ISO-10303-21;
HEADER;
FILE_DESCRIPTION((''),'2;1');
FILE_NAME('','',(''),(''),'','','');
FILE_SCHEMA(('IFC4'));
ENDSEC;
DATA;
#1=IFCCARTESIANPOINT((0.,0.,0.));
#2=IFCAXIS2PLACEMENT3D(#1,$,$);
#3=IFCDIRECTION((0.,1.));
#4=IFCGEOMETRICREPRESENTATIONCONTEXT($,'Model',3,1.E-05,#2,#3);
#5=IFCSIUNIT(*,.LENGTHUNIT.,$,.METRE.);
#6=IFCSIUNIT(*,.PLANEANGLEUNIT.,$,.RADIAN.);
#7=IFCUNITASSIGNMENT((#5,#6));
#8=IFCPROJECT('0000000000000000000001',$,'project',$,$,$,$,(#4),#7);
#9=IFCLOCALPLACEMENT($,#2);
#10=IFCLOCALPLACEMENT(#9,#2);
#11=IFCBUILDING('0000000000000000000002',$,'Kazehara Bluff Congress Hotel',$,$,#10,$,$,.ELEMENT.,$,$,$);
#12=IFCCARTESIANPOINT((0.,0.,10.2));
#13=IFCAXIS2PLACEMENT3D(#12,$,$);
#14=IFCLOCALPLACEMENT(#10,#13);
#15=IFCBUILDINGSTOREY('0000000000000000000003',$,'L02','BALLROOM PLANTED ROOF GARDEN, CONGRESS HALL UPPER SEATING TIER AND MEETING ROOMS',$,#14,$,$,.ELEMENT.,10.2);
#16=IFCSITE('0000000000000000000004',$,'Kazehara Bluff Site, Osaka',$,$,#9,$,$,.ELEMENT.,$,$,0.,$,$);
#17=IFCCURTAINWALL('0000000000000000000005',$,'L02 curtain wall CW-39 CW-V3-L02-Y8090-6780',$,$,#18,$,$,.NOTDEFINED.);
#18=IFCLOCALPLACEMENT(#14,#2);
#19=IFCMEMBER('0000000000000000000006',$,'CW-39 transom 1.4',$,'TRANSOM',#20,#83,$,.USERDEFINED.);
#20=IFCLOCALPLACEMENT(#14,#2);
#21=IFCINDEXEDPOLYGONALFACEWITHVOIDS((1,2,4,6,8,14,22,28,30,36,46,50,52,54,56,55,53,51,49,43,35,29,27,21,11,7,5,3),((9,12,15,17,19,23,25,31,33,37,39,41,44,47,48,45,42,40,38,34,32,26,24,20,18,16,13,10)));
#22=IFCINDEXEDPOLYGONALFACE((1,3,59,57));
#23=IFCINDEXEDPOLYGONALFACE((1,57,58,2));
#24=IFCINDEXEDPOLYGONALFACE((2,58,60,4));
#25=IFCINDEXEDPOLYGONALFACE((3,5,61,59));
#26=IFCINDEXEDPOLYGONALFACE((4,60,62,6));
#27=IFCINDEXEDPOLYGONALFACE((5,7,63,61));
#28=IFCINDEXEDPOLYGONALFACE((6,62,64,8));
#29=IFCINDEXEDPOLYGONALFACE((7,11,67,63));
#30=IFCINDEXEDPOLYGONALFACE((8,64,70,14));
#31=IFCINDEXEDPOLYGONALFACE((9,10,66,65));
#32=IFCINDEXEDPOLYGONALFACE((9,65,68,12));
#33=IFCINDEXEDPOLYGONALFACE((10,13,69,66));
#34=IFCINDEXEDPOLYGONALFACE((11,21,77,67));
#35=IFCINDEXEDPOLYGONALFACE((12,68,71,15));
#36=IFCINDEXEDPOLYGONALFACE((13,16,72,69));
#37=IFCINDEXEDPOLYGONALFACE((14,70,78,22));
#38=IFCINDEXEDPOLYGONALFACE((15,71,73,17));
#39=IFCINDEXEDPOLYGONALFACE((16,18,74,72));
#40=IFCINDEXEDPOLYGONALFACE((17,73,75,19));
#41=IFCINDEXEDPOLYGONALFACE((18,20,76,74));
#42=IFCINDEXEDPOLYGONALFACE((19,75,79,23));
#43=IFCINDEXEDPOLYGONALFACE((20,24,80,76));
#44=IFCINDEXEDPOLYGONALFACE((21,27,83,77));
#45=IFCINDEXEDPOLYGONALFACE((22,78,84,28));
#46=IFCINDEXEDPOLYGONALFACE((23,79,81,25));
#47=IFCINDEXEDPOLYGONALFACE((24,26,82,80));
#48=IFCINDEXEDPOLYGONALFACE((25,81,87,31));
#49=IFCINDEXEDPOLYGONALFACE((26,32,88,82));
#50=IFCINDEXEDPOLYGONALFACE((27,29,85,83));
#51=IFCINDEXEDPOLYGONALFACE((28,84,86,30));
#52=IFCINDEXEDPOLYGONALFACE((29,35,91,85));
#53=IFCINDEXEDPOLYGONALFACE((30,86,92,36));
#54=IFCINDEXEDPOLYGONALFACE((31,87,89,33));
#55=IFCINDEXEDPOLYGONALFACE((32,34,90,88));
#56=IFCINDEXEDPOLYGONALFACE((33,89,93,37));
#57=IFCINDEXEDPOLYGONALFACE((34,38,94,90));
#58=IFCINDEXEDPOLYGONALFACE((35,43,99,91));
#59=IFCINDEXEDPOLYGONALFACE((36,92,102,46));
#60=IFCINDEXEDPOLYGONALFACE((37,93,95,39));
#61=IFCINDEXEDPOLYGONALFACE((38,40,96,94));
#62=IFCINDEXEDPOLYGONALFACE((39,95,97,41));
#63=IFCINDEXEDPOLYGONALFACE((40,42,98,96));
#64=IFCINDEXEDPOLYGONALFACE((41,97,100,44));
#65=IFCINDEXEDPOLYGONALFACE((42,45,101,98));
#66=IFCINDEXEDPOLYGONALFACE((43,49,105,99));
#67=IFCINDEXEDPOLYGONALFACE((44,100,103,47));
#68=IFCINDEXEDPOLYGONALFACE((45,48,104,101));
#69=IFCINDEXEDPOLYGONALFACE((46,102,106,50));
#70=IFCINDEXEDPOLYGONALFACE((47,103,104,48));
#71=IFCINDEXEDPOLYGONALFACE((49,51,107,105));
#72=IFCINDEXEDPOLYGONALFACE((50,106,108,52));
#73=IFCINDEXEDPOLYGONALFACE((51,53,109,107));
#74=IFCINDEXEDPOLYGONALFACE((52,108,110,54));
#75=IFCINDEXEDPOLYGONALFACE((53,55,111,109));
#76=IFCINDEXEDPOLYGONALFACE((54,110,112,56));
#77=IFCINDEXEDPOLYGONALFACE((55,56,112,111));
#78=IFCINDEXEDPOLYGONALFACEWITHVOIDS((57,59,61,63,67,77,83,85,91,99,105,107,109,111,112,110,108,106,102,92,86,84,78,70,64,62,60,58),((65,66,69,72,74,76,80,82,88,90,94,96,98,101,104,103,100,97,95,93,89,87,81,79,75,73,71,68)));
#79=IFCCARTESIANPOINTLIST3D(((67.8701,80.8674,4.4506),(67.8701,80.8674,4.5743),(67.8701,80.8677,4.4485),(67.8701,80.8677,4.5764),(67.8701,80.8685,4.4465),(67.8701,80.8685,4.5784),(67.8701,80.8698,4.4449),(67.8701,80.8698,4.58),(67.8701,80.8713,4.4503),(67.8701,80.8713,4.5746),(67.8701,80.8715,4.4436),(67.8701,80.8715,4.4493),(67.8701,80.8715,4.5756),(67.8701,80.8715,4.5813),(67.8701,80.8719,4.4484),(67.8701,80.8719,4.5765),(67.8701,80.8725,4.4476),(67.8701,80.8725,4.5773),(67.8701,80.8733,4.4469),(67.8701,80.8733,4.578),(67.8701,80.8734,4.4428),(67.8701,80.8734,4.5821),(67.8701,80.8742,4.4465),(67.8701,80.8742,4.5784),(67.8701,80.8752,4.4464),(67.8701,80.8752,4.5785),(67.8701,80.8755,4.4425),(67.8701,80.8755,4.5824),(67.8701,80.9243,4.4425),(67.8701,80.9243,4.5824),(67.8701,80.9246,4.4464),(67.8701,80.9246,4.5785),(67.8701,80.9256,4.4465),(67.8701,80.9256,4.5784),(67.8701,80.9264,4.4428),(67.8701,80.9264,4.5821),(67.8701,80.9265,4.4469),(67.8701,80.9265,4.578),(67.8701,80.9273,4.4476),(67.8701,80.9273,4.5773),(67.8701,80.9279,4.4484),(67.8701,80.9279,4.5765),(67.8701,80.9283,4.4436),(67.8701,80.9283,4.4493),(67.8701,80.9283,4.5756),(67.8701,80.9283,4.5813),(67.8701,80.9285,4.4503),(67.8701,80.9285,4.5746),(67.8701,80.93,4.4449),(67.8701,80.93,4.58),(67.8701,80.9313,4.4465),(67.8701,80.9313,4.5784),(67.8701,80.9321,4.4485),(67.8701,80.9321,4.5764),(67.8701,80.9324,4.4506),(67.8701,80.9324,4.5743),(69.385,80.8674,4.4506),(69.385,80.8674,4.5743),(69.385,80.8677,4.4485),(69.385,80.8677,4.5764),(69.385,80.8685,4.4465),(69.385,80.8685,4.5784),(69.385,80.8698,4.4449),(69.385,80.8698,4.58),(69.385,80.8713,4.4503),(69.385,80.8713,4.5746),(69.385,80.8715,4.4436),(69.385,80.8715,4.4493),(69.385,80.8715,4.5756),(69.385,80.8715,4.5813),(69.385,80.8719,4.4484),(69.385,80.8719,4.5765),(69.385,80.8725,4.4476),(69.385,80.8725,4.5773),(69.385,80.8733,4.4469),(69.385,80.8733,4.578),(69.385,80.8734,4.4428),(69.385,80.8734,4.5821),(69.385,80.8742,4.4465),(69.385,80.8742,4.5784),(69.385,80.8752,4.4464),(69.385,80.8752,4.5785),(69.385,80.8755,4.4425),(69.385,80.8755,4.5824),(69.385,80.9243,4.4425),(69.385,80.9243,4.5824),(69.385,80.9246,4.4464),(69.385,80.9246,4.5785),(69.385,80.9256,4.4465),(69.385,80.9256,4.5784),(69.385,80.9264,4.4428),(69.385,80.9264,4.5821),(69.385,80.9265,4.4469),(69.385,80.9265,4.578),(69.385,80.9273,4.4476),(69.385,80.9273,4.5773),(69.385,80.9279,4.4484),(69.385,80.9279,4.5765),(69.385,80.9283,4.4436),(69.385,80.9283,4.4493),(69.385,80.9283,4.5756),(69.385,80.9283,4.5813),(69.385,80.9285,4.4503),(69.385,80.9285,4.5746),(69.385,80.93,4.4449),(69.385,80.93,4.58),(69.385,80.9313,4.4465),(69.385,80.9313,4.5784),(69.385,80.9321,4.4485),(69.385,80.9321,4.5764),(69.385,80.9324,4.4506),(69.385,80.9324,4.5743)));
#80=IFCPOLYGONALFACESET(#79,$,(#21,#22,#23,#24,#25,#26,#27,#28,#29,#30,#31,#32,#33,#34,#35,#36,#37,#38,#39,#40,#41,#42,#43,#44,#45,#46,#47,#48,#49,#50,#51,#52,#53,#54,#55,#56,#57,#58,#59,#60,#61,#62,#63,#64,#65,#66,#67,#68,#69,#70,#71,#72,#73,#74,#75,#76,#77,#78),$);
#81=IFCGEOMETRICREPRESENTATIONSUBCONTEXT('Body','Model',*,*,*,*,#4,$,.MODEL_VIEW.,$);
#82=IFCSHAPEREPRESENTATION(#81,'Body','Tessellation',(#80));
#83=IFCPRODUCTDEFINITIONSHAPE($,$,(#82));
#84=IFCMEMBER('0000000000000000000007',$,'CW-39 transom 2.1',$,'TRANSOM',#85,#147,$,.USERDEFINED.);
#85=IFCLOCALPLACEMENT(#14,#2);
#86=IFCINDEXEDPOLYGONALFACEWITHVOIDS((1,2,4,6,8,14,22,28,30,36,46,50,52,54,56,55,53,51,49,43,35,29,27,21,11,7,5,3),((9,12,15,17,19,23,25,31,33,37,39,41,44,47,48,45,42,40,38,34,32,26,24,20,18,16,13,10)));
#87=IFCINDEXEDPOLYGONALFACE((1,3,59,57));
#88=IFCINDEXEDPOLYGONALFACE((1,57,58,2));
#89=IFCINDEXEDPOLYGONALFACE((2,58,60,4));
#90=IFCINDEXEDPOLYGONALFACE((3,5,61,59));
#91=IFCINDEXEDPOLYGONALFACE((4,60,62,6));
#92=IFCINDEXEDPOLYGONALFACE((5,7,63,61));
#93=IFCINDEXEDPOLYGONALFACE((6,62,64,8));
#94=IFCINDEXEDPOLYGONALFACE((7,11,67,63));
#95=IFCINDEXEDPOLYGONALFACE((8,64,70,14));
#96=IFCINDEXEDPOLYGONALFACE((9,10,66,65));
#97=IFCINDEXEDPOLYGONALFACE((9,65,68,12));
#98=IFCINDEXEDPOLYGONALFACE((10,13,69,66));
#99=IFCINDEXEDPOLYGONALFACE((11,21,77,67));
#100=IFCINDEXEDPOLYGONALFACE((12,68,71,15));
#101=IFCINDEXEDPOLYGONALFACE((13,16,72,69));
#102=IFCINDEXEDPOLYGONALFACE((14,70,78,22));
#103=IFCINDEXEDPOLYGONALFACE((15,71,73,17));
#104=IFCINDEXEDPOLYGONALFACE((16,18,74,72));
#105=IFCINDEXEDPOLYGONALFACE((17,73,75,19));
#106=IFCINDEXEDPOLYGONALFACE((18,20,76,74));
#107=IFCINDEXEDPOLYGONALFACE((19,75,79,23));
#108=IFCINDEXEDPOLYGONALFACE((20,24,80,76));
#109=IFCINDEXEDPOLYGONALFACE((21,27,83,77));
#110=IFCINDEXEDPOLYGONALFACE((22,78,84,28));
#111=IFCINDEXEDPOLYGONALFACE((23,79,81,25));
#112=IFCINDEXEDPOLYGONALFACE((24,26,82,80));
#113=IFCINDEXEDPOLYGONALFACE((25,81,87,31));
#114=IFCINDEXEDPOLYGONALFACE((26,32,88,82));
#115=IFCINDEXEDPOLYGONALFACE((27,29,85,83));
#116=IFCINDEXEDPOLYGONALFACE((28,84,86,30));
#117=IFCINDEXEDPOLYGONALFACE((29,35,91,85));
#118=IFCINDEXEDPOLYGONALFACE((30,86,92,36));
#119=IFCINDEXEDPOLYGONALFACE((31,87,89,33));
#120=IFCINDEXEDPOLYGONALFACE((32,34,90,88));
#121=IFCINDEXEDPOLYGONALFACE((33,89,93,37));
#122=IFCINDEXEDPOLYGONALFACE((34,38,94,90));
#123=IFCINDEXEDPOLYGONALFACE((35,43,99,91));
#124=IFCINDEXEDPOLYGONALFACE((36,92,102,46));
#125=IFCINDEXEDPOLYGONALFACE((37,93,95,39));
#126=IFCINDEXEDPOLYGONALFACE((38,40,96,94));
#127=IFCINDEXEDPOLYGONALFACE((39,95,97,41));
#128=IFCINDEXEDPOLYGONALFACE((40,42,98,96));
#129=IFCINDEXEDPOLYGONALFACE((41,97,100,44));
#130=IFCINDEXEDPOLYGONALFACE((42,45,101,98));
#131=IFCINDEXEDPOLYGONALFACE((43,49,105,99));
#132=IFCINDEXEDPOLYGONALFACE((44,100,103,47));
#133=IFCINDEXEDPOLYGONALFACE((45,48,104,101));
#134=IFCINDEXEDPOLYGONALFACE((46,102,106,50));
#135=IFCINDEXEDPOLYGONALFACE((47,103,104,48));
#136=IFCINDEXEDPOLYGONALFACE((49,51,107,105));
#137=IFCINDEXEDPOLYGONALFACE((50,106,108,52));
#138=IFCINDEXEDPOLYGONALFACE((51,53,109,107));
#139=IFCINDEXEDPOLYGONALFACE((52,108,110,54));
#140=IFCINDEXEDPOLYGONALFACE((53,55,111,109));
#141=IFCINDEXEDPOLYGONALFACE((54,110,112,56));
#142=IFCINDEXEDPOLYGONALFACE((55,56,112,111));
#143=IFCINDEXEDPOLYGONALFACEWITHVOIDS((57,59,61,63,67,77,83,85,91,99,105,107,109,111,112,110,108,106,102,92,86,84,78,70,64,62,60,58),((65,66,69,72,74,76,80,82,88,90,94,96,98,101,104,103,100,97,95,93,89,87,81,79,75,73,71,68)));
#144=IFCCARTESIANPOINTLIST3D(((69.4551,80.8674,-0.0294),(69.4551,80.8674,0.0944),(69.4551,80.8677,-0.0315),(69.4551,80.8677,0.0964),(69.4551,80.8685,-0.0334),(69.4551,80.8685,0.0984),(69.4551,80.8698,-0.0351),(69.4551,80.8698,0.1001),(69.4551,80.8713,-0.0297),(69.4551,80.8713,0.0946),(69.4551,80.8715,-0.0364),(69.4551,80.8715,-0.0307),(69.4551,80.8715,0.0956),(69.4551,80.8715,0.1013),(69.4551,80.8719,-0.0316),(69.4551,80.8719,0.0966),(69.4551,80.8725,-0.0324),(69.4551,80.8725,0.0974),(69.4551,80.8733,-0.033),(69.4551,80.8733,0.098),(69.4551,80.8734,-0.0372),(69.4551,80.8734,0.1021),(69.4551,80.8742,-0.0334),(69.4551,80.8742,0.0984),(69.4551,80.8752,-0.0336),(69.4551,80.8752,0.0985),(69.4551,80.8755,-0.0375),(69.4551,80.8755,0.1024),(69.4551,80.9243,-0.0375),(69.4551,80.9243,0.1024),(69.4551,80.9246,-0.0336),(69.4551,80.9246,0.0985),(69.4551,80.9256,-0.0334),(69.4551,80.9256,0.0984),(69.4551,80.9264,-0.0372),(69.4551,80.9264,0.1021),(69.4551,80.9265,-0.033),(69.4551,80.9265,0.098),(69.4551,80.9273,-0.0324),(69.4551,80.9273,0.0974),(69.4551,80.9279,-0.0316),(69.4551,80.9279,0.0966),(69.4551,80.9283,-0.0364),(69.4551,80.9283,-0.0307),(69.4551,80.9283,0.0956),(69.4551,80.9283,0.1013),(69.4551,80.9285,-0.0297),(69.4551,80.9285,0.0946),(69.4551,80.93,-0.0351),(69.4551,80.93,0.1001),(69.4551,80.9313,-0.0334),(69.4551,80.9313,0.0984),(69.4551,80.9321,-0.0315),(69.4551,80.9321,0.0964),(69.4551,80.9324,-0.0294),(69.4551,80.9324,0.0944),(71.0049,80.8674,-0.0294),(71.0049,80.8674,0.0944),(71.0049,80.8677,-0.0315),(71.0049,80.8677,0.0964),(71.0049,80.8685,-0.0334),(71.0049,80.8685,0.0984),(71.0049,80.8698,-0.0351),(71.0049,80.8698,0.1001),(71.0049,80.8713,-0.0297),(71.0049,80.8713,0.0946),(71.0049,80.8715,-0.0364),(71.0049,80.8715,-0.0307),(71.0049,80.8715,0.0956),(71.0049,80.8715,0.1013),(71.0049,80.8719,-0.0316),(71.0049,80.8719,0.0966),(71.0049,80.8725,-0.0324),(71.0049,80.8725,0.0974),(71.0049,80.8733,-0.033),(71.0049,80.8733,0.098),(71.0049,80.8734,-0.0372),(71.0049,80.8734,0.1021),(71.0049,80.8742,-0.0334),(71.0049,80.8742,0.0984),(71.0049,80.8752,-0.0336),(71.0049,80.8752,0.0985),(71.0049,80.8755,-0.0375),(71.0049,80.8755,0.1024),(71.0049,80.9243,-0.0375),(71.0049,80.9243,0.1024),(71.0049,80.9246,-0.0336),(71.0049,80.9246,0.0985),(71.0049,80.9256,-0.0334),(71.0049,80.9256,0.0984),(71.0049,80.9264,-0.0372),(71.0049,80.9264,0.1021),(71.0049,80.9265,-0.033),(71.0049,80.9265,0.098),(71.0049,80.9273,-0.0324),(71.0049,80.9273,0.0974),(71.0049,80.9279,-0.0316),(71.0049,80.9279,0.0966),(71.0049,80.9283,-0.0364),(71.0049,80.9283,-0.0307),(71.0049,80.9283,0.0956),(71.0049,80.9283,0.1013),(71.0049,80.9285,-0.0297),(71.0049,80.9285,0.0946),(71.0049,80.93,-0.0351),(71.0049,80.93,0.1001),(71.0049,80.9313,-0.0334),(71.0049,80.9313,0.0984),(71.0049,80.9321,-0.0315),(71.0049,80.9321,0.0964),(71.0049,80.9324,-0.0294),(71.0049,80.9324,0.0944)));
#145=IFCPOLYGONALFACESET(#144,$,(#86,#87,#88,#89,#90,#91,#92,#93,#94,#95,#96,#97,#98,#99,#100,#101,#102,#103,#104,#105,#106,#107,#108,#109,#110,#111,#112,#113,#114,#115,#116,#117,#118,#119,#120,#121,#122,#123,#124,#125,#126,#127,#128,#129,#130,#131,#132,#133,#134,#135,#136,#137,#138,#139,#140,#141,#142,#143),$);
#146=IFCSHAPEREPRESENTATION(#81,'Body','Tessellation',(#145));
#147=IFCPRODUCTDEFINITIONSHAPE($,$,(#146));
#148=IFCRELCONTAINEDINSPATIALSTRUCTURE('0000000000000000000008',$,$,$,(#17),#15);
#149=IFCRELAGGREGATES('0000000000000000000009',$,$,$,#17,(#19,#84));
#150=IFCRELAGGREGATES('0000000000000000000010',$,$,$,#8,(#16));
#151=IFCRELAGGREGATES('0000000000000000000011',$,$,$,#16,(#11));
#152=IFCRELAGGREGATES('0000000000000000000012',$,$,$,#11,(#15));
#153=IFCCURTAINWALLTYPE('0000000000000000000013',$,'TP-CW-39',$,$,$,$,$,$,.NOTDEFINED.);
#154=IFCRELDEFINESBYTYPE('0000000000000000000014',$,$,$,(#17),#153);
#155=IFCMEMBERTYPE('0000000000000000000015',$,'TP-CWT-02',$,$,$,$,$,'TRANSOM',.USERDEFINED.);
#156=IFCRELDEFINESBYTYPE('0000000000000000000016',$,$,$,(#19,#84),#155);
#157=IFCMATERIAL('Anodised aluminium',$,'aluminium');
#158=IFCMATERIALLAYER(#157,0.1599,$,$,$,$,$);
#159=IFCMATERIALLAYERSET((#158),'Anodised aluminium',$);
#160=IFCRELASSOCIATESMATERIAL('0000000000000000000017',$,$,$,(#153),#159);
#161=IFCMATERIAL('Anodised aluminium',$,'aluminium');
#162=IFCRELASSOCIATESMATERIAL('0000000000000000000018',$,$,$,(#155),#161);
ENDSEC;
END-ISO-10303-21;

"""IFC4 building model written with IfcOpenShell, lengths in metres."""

from ifc_helpers import new_model, si_unit, direction, frame, origin, origin_2d, place, context, subcontext, project, spatial, hollow_rectangle, extrude, material, layer, layer_set, material_profile, profile_set, type_object, element, aggregate, save


model = new_model("IFC4")

# Units and contexts
model_context = context("Model", 3, precision=1e-05, world=origin(), true_north=direction((0.0, 1.0)))
body_context = subcontext(model_context, "Body", "Model", "MODEL_VIEW")
ifc_project = project(units=[si_unit("LENGTHUNIT", "METRE"), si_unit("PLANEANGLEUNIT", "RADIAN")], contexts=[model_context])

# Site, building, storey
site_placement = place(None, origin())
site = spatial("IfcSite", under=ifc_project, at=site_placement, Name="Kazehara Bluff Site, Osaka", CompositionType="ELEMENT", RefElevation=0.0)
building_placement = place(site_placement, origin())
building = spatial("IfcBuilding", under=site, at=building_placement, Name="Kazehara Bluff Congress Hotel", CompositionType="ELEMENT")
storey_placement = place(building_placement, frame((0.0, 0.0, 10.2)))
storey = spatial("IfcBuildingStorey", under=building, at=storey_placement, Name="L02", Description="BALLROOM PLANTED ROOF GARDEN, CONGRESS HALL UPPER SEATING TIER AND MEETING ROOMS", CompositionType="ELEMENT", Elevation=10.2)

# Curtain wall
ifc_material_1 = material(Name="Anodised aluminium", Category="aluminium")
ifc_layer_1 = layer(ifc_material_1, 0.1599)
ifc_layer_set_1 = layer_set([ifc_layer_1], Name="Anodised aluminium")
curtain_wall_type_1 = type_object("IfcCurtainWallType", Name="TP-CW-39", PredefinedType="NOTDEFINED", material=ifc_layer_set_1)
curtain_wall_1_placement = place(storey_placement, origin())
curtain_wall_1 = element("IfcCurtainWall", 1, at=curtain_wall_1_placement, inside=storey, type_object=curtain_wall_type_1, Name="L02 curtain wall CW-39 CW-V3-L02-Y8090-6780", PredefinedType="NOTDEFINED")

# Members
ifc_material_2 = material(Name="Anodised aluminium", Category="aluminium")
ifc_material_profile_1 = material_profile(ifc_material_2, hollow_rectangle(XDim=0.0649, YDim=0.1399, WallThickness=0.0039, InnerFilletRadius=0.0039, OuterFilletRadius=0.0081, at=origin_2d()))
ifc_profile_set_1 = profile_set([ifc_material_profile_1], Name="Anodised aluminium")
member_type_1 = type_object("IfcMemberType", Name="TP-CWT-02", ElementType="TRANSOM", PredefinedType="USERDEFINED", material=ifc_profile_set_1)
member_1_placement = place(storey_placement, frame((67.8701, 80.8999, 4.5125), z_axis=(1.0, 0.0, 0.0), x_axis=(0.0, 1.0, 0.0)))
member_1 = element("IfcMember", 2, at=member_1_placement, type_object=member_type_1, Name="CW-39 transom 1.4", ObjectType="TRANSOM", PredefinedType="USERDEFINED", context=body_context, shape_type="SweptSolid", body=[
    extrude(hollow_rectangle(XDim=0.0649, YDim=0.1399, WallThickness=0.0039, InnerFilletRadius=0.0039, OuterFilletRadius=0.0081, at=origin_2d()), origin(), (0.0, 0.0, 1.0), 1.5149),
])
member_2_placement = place(storey_placement, frame((69.4551, 80.8999, 0.0325), z_axis=(1.0, 0.0, 0.0), x_axis=(0.0, 1.0, 0.0)))
member_2 = element("IfcMember", 3, at=member_2_placement, type_object=member_type_1, Name="CW-39 transom 2.1", ObjectType="TRANSOM", PredefinedType="USERDEFINED", context=body_context, shape_type="SweptSolid", body=[
    extrude(hollow_rectangle(XDim=0.0649, YDim=0.1399, WallThickness=0.0039, InnerFilletRadius=0.0039, OuterFilletRadius=0.0081, at=origin_2d()), origin(), (0.0, 0.0, 1.0), 1.5498),
])

aggregate(curtain_wall_1, [member_1, member_2])

save(model, "model.ifc")
